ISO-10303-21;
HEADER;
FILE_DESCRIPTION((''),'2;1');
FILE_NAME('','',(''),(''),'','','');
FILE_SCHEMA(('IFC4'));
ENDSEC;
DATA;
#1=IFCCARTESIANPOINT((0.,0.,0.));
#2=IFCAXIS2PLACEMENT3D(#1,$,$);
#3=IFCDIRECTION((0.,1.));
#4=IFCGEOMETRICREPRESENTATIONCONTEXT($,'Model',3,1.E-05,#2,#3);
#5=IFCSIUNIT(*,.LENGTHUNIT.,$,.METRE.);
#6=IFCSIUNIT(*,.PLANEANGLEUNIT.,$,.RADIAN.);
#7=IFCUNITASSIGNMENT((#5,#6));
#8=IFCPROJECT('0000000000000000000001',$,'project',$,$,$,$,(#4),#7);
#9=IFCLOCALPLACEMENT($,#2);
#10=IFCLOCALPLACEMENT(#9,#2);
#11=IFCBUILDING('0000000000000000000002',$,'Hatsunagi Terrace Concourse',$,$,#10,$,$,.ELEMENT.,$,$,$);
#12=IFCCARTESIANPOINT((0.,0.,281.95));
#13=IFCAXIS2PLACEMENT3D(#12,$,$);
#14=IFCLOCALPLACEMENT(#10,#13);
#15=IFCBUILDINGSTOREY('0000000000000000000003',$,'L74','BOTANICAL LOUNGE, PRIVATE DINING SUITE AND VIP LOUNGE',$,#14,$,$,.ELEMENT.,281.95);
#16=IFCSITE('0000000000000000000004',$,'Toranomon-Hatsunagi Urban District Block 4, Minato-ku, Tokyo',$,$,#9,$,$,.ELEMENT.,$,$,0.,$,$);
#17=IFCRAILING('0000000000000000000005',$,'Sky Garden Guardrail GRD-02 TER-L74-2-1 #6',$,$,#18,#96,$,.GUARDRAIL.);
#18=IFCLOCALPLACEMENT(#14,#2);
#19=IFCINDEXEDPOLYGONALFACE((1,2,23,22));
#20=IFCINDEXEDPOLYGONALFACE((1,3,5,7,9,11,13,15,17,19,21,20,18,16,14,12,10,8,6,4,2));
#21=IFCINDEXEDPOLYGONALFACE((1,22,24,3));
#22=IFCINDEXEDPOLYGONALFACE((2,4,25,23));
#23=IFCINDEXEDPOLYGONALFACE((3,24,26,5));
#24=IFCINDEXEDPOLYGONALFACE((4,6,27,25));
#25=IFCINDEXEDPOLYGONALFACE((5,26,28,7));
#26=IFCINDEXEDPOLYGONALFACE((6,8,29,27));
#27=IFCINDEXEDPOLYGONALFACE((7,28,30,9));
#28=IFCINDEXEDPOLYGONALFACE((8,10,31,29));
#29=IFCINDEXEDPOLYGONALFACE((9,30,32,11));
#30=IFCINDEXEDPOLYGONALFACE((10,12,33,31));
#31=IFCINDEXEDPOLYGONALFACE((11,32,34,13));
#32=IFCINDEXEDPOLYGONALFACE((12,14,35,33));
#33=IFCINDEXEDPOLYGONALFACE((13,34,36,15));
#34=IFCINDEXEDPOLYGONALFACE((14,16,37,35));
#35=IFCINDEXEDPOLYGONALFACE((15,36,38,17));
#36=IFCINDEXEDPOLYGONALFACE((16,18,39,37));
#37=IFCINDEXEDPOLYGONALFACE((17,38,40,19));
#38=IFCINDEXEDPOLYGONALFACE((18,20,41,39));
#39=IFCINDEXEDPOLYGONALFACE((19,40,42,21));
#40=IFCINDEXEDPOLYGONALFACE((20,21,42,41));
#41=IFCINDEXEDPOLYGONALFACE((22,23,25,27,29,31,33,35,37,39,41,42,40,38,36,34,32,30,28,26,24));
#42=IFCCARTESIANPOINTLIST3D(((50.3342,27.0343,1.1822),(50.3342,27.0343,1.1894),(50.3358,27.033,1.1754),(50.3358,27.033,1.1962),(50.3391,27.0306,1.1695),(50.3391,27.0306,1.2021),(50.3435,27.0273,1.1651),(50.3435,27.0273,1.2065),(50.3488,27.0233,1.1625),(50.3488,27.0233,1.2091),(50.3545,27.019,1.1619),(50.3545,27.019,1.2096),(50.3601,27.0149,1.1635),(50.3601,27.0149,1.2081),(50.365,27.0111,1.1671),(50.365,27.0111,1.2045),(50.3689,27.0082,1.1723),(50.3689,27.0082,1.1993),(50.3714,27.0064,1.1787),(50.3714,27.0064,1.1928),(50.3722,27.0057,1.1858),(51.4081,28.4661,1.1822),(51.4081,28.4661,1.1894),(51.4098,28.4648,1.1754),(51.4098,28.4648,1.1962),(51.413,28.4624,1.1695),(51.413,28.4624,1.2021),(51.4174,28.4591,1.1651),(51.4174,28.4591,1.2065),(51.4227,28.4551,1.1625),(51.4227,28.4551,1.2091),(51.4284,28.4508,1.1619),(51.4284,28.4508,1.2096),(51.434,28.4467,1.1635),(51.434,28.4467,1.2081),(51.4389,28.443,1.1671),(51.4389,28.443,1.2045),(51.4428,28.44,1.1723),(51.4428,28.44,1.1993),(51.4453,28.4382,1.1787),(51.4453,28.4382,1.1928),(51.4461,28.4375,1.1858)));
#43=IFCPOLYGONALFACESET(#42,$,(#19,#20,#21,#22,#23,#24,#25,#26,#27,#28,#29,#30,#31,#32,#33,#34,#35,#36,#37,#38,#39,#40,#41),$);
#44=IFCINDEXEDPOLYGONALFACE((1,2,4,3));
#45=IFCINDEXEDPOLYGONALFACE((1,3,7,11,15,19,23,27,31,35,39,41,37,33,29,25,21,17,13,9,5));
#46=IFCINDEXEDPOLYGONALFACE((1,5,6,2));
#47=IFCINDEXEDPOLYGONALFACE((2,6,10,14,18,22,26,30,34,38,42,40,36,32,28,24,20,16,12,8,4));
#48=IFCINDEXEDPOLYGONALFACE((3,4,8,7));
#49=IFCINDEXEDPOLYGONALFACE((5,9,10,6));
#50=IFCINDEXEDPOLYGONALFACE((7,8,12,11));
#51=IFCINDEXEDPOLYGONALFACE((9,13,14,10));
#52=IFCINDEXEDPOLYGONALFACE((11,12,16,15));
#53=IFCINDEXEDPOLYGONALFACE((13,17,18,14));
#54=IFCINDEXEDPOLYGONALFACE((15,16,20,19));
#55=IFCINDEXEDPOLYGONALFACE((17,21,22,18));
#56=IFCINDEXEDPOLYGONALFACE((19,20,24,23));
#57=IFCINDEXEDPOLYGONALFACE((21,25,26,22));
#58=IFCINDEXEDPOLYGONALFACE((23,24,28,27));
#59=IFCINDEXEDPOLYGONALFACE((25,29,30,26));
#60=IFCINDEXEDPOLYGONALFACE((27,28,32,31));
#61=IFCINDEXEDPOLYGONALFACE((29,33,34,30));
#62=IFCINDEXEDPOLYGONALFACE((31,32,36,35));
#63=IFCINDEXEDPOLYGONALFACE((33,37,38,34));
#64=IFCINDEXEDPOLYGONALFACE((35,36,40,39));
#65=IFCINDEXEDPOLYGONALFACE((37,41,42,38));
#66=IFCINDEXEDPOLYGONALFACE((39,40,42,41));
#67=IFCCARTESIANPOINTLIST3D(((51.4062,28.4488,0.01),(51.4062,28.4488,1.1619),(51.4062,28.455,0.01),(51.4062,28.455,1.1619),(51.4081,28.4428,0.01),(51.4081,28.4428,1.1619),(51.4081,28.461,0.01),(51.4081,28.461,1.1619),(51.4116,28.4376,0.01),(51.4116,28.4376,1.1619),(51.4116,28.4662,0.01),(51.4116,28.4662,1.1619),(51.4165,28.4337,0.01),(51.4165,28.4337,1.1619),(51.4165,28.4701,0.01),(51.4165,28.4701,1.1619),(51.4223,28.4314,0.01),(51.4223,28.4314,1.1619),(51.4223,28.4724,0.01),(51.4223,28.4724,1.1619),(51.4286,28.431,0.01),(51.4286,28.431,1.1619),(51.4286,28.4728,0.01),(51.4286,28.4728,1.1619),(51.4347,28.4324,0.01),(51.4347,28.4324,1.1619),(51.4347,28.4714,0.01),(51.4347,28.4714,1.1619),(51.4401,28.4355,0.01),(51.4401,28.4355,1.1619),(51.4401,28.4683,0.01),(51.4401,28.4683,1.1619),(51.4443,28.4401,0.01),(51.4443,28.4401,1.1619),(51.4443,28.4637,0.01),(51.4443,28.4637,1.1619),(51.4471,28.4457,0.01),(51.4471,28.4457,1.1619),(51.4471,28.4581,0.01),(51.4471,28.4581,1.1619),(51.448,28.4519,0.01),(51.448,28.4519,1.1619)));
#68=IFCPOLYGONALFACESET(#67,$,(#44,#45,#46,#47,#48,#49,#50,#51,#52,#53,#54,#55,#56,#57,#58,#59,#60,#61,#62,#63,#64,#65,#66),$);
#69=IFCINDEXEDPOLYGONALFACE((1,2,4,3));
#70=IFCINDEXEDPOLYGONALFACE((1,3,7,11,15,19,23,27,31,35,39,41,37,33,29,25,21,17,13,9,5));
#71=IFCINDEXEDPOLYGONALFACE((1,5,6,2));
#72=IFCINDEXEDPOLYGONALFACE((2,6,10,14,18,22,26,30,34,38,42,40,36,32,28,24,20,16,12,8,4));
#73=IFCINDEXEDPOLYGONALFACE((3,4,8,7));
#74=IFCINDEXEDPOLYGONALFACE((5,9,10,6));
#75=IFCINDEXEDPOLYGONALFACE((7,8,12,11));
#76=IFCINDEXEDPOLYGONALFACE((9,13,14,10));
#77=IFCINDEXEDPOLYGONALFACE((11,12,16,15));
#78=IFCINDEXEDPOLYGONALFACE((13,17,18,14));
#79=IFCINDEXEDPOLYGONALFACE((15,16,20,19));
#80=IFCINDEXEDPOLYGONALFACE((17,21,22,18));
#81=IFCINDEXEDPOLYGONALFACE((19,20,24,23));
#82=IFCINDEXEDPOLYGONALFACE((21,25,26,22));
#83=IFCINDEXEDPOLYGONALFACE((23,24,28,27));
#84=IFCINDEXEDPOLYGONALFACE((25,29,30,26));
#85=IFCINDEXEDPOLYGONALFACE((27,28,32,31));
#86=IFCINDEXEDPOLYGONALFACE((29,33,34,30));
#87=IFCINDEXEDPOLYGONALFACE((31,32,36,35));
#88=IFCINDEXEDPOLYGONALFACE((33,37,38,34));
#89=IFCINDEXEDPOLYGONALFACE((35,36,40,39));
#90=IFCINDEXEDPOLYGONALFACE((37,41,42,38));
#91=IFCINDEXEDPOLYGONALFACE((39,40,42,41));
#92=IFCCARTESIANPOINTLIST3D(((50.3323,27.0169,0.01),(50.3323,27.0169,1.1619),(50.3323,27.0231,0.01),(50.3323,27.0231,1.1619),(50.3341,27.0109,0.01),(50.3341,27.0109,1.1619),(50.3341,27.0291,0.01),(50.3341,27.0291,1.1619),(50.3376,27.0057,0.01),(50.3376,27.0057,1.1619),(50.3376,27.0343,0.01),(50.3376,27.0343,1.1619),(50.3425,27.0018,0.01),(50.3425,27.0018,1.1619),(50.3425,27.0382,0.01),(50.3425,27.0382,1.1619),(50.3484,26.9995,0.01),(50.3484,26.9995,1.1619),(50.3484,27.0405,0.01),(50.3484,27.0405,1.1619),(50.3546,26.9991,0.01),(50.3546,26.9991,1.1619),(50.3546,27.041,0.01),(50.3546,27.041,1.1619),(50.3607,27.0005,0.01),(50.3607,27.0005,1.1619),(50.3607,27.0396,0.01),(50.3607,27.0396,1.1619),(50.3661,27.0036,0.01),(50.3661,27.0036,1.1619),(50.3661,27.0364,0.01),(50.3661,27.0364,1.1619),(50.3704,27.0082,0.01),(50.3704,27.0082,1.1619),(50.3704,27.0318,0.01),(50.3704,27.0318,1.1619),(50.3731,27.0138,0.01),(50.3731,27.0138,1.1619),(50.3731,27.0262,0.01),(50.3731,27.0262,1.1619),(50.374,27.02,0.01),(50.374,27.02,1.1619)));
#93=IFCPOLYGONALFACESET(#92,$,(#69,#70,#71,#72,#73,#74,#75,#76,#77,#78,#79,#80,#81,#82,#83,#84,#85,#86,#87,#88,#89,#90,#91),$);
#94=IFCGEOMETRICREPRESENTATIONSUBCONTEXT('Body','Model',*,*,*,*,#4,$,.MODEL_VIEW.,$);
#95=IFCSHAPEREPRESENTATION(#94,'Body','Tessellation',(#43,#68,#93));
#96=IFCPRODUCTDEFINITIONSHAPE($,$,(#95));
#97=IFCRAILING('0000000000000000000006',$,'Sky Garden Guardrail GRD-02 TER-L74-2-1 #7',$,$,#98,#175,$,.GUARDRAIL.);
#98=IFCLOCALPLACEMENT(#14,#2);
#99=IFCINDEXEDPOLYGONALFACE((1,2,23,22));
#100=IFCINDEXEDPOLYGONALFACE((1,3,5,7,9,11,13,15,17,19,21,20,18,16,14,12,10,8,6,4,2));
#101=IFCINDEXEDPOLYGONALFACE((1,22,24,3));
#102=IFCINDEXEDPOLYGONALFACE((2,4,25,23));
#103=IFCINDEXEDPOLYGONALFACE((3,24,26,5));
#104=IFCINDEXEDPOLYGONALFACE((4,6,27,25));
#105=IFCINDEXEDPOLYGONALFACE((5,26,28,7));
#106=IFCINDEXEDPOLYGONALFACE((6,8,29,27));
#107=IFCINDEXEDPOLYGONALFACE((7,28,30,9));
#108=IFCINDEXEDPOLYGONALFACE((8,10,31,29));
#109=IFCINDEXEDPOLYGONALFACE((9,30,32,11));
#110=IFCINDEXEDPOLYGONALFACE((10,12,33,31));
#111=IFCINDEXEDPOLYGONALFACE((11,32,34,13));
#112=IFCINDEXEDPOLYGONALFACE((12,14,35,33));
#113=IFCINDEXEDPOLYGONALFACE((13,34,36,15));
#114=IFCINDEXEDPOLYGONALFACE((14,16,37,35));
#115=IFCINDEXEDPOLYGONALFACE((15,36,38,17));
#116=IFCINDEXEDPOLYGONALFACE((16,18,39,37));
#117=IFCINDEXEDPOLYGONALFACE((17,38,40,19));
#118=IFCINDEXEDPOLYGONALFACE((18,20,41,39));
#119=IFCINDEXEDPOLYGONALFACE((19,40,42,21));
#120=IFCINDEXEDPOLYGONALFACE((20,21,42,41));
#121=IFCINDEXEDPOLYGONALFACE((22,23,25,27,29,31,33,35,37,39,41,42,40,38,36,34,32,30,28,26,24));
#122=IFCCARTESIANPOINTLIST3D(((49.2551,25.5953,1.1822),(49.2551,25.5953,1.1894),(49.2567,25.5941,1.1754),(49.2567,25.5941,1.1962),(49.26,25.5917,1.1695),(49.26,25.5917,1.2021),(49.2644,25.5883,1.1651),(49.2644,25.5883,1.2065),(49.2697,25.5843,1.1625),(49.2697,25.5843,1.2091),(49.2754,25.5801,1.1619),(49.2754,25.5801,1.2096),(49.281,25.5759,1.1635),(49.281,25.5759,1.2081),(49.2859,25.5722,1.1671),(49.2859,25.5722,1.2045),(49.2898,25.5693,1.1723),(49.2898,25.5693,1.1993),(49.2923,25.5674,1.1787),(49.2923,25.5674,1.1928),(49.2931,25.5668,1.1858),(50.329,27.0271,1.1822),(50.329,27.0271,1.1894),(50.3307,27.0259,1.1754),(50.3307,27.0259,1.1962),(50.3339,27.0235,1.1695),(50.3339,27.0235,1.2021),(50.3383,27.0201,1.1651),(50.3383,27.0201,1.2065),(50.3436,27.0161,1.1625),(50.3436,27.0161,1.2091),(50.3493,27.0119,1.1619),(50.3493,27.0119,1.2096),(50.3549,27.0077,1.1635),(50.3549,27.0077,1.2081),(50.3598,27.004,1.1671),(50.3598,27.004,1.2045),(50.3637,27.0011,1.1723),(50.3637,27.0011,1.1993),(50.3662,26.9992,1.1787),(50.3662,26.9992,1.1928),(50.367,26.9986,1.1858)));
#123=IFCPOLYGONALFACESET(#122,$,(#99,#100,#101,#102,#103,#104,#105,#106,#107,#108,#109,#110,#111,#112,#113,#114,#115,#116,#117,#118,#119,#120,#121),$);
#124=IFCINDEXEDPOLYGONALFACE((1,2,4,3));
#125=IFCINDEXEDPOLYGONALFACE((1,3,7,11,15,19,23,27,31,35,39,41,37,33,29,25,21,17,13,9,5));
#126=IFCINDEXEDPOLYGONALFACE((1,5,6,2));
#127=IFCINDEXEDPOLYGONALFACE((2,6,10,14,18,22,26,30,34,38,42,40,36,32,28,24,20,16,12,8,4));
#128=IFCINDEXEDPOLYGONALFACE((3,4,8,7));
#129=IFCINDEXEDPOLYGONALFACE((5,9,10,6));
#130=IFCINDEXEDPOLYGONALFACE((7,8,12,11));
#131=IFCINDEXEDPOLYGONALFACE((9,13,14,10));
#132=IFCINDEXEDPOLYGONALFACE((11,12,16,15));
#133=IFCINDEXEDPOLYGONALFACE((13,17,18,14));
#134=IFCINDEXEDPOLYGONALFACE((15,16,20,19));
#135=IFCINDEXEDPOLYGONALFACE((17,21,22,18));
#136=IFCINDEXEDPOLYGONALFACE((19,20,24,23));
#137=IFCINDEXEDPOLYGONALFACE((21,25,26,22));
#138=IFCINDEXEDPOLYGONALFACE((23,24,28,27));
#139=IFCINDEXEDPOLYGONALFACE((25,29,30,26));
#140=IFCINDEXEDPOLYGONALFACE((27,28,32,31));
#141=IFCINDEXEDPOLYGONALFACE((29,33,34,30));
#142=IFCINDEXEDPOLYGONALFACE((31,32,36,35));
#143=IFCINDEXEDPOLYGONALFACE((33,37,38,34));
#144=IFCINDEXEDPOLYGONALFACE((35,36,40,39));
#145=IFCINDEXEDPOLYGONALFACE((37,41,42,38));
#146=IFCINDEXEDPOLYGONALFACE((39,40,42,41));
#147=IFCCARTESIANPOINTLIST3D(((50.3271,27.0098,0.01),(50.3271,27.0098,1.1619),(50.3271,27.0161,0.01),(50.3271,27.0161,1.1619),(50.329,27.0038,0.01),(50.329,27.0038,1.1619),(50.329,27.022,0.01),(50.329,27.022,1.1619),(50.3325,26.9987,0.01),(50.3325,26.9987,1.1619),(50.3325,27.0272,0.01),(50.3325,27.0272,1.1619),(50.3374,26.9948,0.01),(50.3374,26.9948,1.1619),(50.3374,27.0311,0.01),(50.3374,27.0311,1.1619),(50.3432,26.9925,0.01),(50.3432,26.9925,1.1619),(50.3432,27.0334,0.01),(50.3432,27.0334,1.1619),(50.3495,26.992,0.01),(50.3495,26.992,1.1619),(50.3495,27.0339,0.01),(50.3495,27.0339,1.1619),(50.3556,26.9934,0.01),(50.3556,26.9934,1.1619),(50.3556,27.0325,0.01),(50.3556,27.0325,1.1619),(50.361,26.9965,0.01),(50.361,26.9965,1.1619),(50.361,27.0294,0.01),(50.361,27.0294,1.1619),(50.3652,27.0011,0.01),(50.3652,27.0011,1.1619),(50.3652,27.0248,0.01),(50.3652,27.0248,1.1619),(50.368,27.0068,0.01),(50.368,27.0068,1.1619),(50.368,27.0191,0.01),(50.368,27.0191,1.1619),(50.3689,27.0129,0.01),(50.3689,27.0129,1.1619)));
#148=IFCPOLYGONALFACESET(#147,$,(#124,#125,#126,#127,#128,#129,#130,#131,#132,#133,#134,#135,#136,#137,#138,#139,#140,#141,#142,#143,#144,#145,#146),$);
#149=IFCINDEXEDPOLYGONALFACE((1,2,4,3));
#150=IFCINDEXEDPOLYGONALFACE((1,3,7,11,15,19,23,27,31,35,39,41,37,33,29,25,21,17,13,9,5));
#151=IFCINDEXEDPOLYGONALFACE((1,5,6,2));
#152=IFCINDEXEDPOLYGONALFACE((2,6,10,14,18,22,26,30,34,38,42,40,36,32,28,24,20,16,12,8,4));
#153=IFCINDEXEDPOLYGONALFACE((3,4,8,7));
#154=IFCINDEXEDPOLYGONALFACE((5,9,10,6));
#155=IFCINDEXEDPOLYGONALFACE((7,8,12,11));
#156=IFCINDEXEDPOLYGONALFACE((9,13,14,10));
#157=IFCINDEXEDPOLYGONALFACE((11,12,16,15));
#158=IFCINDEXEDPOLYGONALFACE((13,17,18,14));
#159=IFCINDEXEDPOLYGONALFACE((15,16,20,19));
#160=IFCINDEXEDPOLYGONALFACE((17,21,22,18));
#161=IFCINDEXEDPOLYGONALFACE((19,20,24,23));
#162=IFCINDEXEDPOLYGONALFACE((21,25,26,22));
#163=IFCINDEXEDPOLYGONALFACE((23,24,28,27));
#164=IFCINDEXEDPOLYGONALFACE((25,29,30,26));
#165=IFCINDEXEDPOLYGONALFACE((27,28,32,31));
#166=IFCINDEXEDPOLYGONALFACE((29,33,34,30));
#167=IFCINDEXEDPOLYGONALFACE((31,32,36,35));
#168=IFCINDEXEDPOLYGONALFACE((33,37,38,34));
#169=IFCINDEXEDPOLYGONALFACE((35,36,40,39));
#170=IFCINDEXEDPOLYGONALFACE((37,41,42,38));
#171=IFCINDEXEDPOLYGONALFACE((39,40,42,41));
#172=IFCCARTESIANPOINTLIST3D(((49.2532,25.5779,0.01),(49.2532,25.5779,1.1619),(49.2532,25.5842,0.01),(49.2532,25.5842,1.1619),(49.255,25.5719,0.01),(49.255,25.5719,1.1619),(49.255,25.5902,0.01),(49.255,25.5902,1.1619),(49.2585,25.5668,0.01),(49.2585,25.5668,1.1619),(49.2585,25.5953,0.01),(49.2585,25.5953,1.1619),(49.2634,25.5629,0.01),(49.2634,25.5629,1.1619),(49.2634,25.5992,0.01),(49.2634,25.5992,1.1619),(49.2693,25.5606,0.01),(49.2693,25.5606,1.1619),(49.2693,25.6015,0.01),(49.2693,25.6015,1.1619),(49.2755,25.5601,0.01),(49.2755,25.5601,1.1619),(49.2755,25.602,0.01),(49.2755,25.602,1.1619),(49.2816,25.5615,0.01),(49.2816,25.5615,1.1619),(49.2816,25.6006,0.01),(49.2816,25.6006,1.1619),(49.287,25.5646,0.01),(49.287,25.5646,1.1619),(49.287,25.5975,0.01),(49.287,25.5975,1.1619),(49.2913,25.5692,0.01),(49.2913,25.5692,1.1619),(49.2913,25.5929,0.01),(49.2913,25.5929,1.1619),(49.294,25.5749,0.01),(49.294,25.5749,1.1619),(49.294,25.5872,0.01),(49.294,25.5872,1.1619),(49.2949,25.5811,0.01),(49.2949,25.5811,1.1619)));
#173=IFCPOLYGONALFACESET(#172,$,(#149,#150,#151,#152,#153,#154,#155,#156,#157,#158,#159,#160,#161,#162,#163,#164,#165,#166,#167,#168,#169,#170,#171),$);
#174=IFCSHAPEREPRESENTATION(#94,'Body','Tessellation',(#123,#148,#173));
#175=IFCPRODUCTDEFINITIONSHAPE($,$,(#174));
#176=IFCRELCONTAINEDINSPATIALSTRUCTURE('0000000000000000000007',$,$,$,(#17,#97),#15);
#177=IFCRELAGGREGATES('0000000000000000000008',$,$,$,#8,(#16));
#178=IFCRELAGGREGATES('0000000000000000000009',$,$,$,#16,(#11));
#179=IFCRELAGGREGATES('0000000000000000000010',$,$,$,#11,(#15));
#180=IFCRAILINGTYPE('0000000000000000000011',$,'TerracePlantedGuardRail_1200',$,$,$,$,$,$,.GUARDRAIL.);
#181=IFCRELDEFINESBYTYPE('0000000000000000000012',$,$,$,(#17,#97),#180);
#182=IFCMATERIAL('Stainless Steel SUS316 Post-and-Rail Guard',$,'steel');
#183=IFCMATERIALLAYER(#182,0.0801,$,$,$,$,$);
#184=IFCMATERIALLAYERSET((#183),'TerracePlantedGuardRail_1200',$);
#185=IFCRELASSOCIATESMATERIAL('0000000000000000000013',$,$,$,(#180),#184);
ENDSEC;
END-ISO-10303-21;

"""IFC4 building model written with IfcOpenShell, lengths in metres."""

from ifc_helpers import new_model, si_unit, direction, frame, origin, origin_2d, place, context, subcontext, project, spatial, circle, extrude, material, layer, layer_set, type_object, element, save


model = new_model("IFC4")

# Units and contexts
model_context = context("Model", 3, precision=1e-05, world=origin(), true_north=direction((0.0, 1.0)))
body_context = subcontext(model_context, "Body", "Model", "MODEL_VIEW")
ifc_project = project(units=[si_unit("LENGTHUNIT", "METRE"), si_unit("PLANEANGLEUNIT", "RADIAN")], contexts=[model_context])

# Site, building, storey
site_placement = place(None, origin())
site = spatial("IfcSite", under=ifc_project, at=site_placement, Name="Toranomon-Hatsunagi Urban District Block 4, Minato-ku, Tokyo", CompositionType="ELEMENT", RefElevation=0.0)
building_placement = place(site_placement, origin())
building = spatial("IfcBuilding", under=site, at=building_placement, Name="Hatsunagi Terrace Concourse", CompositionType="ELEMENT")
storey_placement = place(building_placement, frame((0.0, 0.0, 281.95)))
storey = spatial("IfcBuildingStorey", under=building, at=storey_placement, Name="L74", Description="BOTANICAL LOUNGE, PRIVATE DINING SUITE AND VIP LOUNGE", CompositionType="ELEMENT", Elevation=281.95)

# Railings
ifc_material_1 = material(Name="Stainless Steel SUS316 Post-and-Rail Guard", Category="steel")
ifc_layer_1 = layer(ifc_material_1, 0.0801)
ifc_layer_set_1 = layer_set([ifc_layer_1], Name="TerracePlantedGuardRail_1200")
railing_type_1 = type_object("IfcRailingType", Name="TerracePlantedGuardRail_1200", PredefinedType="GUARDRAIL", material=ifc_layer_set_1)
for number, where, name in (
    (1, (51.427, 28.4519, 0.01), "Sky Garden Guardrail GRD-02 TER-L74-2-1 #6"),
    (2, (50.3479, 27.0129, 0.01), "Sky Garden Guardrail GRD-02 TER-L74-2-1 #7"),
):
    element("IfcRailing", number, at=place(storey_placement, frame(where)), inside=storey, type_object=railing_type_1, Name=name, PredefinedType="GUARDRAIL", context=body_context, shape_type="SweptSolid", body=[
        extrude(circle(Radius=0.0239, at=origin_2d()), frame((0.0, 0.0, 1.1758), z_axis=(-0.600022, -0.799984, 0.0), x_axis=(0.799984, -0.600022, 0.0)), (0.0, 0.0, 1.0), 1.7898),
        extrude(circle(Radius=0.021, at=origin_2d()), origin(), (0.0, 0.0, 1.0), 1.1519),
        extrude(circle(Radius=0.021, at=origin_2d()), frame((-1.074, -1.4319, 0.0)), (0.0, 0.0, 1.0), 1.1519),
    ])

save(model, "model.ifc")
